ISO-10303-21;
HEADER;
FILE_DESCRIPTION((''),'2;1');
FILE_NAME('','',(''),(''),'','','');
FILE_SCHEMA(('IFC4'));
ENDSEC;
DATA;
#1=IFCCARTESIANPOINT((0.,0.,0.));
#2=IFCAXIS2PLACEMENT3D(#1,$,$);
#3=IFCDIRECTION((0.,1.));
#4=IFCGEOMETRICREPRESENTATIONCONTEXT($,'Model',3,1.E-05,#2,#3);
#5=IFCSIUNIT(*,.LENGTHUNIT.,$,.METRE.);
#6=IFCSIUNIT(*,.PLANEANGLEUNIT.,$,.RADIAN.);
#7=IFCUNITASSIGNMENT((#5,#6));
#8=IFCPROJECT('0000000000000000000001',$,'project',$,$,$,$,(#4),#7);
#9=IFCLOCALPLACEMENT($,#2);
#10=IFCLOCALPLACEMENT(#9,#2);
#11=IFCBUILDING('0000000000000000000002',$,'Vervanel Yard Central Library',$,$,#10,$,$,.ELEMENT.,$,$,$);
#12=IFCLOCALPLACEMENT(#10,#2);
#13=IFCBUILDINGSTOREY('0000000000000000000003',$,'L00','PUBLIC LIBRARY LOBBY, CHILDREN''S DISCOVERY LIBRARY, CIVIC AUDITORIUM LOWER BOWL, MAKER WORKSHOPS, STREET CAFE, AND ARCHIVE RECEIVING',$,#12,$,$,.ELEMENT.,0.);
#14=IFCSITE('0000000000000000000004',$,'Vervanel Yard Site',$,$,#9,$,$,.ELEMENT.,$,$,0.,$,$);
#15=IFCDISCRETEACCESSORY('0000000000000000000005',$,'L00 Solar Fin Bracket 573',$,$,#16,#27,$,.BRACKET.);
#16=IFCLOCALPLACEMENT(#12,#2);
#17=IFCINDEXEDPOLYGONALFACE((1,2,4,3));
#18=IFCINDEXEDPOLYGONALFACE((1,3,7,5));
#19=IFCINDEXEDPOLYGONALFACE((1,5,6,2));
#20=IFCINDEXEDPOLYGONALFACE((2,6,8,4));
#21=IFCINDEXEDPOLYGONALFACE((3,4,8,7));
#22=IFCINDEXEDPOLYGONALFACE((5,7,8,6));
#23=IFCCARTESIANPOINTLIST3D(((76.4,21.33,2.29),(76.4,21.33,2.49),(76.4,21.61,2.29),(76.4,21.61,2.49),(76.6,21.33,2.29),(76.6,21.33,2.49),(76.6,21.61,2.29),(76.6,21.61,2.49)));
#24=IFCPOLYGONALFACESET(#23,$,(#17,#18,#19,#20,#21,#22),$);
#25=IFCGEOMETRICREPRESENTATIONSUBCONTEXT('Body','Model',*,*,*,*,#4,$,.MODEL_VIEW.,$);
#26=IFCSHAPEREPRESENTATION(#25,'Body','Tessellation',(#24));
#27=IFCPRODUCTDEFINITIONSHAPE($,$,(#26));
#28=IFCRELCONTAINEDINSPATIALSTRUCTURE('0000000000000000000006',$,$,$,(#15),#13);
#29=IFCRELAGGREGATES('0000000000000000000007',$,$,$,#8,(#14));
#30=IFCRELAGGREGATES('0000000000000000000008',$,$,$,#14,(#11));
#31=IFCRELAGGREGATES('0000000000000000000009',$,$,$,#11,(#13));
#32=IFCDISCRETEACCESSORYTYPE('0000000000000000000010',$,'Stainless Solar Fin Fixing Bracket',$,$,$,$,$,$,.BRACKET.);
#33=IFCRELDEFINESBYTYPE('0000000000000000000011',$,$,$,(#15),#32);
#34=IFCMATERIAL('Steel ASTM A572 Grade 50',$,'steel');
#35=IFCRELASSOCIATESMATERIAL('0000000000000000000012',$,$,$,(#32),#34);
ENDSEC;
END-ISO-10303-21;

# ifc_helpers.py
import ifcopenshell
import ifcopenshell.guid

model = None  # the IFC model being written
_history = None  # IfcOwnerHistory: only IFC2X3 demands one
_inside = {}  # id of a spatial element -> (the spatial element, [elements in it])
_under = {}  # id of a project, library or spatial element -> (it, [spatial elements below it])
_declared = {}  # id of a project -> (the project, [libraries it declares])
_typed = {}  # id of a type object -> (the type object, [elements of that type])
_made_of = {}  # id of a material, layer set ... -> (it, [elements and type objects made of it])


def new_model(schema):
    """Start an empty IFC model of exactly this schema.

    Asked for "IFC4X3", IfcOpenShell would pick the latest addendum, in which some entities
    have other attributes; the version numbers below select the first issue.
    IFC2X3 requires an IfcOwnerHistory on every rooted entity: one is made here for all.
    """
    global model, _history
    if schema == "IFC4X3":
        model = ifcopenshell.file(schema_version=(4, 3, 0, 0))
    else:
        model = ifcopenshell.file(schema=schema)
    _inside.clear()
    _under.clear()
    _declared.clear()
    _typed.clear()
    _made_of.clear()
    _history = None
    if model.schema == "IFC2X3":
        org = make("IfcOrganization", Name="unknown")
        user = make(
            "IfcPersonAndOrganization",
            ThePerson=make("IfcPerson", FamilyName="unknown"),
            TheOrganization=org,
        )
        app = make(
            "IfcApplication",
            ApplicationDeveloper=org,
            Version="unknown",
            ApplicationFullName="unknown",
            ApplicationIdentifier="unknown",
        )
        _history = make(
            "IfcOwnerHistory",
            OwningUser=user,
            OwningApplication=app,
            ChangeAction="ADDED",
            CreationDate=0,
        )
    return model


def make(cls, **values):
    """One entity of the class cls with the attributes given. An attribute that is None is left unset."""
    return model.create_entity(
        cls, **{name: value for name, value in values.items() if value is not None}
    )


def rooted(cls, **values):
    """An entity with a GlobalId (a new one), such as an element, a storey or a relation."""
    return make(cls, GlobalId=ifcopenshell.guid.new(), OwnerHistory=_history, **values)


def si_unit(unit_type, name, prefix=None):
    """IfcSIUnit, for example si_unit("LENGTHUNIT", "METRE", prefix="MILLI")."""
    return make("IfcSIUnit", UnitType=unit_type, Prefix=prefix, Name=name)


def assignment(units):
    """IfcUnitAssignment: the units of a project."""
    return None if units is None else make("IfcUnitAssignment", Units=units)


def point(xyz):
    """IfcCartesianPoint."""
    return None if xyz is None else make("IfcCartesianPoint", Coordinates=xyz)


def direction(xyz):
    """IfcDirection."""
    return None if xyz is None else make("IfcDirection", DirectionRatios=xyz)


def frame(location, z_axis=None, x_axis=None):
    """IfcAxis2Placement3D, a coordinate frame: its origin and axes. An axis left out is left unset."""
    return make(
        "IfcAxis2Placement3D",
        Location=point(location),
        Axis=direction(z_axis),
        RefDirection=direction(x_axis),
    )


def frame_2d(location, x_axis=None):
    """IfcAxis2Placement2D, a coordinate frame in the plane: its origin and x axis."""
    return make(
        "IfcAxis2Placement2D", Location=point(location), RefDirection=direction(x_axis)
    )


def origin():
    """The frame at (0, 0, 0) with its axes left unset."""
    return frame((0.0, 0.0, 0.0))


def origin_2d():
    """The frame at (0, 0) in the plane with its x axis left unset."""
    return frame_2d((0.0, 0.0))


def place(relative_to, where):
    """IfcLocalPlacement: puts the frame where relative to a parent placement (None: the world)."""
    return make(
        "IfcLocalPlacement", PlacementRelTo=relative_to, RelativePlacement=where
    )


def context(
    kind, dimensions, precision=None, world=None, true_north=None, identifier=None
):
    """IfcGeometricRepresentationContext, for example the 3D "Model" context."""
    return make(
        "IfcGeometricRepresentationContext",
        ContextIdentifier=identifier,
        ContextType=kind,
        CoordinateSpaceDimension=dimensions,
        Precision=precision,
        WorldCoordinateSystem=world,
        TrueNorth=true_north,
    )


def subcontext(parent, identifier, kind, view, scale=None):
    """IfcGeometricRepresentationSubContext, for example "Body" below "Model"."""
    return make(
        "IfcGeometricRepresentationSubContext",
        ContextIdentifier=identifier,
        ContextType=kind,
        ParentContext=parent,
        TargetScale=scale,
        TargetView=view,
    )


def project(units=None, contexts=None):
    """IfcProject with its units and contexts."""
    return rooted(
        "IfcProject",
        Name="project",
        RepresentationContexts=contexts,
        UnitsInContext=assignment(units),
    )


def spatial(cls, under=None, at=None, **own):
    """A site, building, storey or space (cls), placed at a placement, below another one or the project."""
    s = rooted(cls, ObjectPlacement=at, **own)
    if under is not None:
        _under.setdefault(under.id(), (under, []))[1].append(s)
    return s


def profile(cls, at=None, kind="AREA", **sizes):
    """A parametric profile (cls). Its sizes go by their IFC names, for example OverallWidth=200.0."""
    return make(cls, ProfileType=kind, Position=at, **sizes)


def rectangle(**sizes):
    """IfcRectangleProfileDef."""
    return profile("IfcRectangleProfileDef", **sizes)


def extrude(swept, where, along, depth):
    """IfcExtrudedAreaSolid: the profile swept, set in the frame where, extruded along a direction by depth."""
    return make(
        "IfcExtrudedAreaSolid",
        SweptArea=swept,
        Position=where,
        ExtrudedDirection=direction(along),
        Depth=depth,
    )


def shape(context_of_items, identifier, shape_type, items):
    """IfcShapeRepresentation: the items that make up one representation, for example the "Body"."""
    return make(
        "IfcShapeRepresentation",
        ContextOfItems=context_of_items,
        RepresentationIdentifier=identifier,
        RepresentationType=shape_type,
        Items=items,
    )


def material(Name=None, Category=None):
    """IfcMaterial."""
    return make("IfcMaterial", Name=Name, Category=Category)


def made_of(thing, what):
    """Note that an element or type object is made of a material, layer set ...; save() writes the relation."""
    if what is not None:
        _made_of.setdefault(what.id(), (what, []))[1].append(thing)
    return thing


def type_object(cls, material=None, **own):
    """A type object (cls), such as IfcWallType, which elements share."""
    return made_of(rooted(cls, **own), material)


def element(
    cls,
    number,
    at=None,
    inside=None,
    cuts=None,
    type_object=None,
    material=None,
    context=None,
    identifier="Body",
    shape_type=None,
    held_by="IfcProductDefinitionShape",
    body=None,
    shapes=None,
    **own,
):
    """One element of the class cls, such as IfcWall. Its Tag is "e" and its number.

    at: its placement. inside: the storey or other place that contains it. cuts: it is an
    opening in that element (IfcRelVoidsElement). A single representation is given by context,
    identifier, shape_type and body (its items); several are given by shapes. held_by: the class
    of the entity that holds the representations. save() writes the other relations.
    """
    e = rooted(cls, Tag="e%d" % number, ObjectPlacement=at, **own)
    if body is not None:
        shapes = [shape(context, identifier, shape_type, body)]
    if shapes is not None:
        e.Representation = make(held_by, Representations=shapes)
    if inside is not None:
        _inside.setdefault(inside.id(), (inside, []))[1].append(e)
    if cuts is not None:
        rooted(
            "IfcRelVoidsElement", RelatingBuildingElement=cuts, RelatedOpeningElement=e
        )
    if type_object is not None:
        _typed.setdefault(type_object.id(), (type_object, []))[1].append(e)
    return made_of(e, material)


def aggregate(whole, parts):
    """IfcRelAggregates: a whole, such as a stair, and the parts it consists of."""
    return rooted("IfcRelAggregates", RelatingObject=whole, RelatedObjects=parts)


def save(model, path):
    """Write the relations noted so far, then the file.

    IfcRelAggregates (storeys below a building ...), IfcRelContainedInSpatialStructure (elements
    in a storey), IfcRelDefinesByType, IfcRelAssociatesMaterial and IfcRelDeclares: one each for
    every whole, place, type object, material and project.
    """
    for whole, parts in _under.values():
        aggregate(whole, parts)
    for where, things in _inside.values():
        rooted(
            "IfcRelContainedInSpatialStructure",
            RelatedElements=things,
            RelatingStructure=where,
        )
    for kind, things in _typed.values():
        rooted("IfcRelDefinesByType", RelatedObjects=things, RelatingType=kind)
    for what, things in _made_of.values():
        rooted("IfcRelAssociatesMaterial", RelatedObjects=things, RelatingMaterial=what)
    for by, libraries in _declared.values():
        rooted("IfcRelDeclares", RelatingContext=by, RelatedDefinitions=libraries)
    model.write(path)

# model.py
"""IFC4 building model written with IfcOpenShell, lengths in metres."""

from ifc_helpers import new_model, si_unit, direction, frame, origin, origin_2d, place, context, subcontext, project, spatial, rectangle, extrude, material, type_object, element, save


model = new_model("IFC4")

# Units and contexts
model_context = context("Model", 3, precision=1e-05, world=origin(), true_north=direction((0.0, 1.0)))
body_context = subcontext(model_context, "Body", "Model", "MODEL_VIEW")
ifc_project = project(units=[si_unit("LENGTHUNIT", "METRE"), si_unit("PLANEANGLEUNIT", "RADIAN")], contexts=[model_context])

# Site, building, storey
site_placement = place(None, origin())
site = spatial("IfcSite", under=ifc_project, at=site_placement, Name="Vervanel Yard Site", CompositionType="ELEMENT", RefElevation=0.0)
building_placement = place(site_placement, origin())
building = spatial("IfcBuilding", under=site, at=building_placement, Name="Vervanel Yard Central Library", CompositionType="ELEMENT")
storey_placement = place(building_placement, origin())
storey = spatial("IfcBuildingStorey", under=building, at=storey_placement, Name="L00", Description="PUBLIC LIBRARY LOBBY, CHILDREN'S DISCOVERY LIBRARY, CIVIC AUDITORIUM LOWER BOWL, MAKER WORKSHOPS, STREET CAFE, AND ARCHIVE RECEIVING", CompositionType="ELEMENT", Elevation=0.0)

# Discrete accessory
ifc_material_1 = material(Name="Steel ASTM A572 Grade 50", Category="steel")
discrete_accessory_type = type_object("IfcDiscreteAccessoryType", Name="Stainless Solar Fin Fixing Bracket", PredefinedType="BRACKET", material=ifc_material_1)
discrete_accessory_placement = place(storey_placement, frame((76.5, 21.47, 2.29), z_axis=(0.0, 0.0, 1.0), x_axis=(1.0, 0.0, 0.0)))
element("IfcDiscreteAccessory", 1, at=discrete_accessory_placement, inside=storey, type_object=discrete_accessory_type, Name="L00 Solar Fin Bracket 573", PredefinedType="BRACKET", context=body_context, shape_type="SweptSolid", body=[
    extrude(rectangle(XDim=0.2, YDim=0.28, at=origin_2d()), origin(), (0.0, 0.0, 1.0), 0.2),
])

save(model, "model.ifc")
